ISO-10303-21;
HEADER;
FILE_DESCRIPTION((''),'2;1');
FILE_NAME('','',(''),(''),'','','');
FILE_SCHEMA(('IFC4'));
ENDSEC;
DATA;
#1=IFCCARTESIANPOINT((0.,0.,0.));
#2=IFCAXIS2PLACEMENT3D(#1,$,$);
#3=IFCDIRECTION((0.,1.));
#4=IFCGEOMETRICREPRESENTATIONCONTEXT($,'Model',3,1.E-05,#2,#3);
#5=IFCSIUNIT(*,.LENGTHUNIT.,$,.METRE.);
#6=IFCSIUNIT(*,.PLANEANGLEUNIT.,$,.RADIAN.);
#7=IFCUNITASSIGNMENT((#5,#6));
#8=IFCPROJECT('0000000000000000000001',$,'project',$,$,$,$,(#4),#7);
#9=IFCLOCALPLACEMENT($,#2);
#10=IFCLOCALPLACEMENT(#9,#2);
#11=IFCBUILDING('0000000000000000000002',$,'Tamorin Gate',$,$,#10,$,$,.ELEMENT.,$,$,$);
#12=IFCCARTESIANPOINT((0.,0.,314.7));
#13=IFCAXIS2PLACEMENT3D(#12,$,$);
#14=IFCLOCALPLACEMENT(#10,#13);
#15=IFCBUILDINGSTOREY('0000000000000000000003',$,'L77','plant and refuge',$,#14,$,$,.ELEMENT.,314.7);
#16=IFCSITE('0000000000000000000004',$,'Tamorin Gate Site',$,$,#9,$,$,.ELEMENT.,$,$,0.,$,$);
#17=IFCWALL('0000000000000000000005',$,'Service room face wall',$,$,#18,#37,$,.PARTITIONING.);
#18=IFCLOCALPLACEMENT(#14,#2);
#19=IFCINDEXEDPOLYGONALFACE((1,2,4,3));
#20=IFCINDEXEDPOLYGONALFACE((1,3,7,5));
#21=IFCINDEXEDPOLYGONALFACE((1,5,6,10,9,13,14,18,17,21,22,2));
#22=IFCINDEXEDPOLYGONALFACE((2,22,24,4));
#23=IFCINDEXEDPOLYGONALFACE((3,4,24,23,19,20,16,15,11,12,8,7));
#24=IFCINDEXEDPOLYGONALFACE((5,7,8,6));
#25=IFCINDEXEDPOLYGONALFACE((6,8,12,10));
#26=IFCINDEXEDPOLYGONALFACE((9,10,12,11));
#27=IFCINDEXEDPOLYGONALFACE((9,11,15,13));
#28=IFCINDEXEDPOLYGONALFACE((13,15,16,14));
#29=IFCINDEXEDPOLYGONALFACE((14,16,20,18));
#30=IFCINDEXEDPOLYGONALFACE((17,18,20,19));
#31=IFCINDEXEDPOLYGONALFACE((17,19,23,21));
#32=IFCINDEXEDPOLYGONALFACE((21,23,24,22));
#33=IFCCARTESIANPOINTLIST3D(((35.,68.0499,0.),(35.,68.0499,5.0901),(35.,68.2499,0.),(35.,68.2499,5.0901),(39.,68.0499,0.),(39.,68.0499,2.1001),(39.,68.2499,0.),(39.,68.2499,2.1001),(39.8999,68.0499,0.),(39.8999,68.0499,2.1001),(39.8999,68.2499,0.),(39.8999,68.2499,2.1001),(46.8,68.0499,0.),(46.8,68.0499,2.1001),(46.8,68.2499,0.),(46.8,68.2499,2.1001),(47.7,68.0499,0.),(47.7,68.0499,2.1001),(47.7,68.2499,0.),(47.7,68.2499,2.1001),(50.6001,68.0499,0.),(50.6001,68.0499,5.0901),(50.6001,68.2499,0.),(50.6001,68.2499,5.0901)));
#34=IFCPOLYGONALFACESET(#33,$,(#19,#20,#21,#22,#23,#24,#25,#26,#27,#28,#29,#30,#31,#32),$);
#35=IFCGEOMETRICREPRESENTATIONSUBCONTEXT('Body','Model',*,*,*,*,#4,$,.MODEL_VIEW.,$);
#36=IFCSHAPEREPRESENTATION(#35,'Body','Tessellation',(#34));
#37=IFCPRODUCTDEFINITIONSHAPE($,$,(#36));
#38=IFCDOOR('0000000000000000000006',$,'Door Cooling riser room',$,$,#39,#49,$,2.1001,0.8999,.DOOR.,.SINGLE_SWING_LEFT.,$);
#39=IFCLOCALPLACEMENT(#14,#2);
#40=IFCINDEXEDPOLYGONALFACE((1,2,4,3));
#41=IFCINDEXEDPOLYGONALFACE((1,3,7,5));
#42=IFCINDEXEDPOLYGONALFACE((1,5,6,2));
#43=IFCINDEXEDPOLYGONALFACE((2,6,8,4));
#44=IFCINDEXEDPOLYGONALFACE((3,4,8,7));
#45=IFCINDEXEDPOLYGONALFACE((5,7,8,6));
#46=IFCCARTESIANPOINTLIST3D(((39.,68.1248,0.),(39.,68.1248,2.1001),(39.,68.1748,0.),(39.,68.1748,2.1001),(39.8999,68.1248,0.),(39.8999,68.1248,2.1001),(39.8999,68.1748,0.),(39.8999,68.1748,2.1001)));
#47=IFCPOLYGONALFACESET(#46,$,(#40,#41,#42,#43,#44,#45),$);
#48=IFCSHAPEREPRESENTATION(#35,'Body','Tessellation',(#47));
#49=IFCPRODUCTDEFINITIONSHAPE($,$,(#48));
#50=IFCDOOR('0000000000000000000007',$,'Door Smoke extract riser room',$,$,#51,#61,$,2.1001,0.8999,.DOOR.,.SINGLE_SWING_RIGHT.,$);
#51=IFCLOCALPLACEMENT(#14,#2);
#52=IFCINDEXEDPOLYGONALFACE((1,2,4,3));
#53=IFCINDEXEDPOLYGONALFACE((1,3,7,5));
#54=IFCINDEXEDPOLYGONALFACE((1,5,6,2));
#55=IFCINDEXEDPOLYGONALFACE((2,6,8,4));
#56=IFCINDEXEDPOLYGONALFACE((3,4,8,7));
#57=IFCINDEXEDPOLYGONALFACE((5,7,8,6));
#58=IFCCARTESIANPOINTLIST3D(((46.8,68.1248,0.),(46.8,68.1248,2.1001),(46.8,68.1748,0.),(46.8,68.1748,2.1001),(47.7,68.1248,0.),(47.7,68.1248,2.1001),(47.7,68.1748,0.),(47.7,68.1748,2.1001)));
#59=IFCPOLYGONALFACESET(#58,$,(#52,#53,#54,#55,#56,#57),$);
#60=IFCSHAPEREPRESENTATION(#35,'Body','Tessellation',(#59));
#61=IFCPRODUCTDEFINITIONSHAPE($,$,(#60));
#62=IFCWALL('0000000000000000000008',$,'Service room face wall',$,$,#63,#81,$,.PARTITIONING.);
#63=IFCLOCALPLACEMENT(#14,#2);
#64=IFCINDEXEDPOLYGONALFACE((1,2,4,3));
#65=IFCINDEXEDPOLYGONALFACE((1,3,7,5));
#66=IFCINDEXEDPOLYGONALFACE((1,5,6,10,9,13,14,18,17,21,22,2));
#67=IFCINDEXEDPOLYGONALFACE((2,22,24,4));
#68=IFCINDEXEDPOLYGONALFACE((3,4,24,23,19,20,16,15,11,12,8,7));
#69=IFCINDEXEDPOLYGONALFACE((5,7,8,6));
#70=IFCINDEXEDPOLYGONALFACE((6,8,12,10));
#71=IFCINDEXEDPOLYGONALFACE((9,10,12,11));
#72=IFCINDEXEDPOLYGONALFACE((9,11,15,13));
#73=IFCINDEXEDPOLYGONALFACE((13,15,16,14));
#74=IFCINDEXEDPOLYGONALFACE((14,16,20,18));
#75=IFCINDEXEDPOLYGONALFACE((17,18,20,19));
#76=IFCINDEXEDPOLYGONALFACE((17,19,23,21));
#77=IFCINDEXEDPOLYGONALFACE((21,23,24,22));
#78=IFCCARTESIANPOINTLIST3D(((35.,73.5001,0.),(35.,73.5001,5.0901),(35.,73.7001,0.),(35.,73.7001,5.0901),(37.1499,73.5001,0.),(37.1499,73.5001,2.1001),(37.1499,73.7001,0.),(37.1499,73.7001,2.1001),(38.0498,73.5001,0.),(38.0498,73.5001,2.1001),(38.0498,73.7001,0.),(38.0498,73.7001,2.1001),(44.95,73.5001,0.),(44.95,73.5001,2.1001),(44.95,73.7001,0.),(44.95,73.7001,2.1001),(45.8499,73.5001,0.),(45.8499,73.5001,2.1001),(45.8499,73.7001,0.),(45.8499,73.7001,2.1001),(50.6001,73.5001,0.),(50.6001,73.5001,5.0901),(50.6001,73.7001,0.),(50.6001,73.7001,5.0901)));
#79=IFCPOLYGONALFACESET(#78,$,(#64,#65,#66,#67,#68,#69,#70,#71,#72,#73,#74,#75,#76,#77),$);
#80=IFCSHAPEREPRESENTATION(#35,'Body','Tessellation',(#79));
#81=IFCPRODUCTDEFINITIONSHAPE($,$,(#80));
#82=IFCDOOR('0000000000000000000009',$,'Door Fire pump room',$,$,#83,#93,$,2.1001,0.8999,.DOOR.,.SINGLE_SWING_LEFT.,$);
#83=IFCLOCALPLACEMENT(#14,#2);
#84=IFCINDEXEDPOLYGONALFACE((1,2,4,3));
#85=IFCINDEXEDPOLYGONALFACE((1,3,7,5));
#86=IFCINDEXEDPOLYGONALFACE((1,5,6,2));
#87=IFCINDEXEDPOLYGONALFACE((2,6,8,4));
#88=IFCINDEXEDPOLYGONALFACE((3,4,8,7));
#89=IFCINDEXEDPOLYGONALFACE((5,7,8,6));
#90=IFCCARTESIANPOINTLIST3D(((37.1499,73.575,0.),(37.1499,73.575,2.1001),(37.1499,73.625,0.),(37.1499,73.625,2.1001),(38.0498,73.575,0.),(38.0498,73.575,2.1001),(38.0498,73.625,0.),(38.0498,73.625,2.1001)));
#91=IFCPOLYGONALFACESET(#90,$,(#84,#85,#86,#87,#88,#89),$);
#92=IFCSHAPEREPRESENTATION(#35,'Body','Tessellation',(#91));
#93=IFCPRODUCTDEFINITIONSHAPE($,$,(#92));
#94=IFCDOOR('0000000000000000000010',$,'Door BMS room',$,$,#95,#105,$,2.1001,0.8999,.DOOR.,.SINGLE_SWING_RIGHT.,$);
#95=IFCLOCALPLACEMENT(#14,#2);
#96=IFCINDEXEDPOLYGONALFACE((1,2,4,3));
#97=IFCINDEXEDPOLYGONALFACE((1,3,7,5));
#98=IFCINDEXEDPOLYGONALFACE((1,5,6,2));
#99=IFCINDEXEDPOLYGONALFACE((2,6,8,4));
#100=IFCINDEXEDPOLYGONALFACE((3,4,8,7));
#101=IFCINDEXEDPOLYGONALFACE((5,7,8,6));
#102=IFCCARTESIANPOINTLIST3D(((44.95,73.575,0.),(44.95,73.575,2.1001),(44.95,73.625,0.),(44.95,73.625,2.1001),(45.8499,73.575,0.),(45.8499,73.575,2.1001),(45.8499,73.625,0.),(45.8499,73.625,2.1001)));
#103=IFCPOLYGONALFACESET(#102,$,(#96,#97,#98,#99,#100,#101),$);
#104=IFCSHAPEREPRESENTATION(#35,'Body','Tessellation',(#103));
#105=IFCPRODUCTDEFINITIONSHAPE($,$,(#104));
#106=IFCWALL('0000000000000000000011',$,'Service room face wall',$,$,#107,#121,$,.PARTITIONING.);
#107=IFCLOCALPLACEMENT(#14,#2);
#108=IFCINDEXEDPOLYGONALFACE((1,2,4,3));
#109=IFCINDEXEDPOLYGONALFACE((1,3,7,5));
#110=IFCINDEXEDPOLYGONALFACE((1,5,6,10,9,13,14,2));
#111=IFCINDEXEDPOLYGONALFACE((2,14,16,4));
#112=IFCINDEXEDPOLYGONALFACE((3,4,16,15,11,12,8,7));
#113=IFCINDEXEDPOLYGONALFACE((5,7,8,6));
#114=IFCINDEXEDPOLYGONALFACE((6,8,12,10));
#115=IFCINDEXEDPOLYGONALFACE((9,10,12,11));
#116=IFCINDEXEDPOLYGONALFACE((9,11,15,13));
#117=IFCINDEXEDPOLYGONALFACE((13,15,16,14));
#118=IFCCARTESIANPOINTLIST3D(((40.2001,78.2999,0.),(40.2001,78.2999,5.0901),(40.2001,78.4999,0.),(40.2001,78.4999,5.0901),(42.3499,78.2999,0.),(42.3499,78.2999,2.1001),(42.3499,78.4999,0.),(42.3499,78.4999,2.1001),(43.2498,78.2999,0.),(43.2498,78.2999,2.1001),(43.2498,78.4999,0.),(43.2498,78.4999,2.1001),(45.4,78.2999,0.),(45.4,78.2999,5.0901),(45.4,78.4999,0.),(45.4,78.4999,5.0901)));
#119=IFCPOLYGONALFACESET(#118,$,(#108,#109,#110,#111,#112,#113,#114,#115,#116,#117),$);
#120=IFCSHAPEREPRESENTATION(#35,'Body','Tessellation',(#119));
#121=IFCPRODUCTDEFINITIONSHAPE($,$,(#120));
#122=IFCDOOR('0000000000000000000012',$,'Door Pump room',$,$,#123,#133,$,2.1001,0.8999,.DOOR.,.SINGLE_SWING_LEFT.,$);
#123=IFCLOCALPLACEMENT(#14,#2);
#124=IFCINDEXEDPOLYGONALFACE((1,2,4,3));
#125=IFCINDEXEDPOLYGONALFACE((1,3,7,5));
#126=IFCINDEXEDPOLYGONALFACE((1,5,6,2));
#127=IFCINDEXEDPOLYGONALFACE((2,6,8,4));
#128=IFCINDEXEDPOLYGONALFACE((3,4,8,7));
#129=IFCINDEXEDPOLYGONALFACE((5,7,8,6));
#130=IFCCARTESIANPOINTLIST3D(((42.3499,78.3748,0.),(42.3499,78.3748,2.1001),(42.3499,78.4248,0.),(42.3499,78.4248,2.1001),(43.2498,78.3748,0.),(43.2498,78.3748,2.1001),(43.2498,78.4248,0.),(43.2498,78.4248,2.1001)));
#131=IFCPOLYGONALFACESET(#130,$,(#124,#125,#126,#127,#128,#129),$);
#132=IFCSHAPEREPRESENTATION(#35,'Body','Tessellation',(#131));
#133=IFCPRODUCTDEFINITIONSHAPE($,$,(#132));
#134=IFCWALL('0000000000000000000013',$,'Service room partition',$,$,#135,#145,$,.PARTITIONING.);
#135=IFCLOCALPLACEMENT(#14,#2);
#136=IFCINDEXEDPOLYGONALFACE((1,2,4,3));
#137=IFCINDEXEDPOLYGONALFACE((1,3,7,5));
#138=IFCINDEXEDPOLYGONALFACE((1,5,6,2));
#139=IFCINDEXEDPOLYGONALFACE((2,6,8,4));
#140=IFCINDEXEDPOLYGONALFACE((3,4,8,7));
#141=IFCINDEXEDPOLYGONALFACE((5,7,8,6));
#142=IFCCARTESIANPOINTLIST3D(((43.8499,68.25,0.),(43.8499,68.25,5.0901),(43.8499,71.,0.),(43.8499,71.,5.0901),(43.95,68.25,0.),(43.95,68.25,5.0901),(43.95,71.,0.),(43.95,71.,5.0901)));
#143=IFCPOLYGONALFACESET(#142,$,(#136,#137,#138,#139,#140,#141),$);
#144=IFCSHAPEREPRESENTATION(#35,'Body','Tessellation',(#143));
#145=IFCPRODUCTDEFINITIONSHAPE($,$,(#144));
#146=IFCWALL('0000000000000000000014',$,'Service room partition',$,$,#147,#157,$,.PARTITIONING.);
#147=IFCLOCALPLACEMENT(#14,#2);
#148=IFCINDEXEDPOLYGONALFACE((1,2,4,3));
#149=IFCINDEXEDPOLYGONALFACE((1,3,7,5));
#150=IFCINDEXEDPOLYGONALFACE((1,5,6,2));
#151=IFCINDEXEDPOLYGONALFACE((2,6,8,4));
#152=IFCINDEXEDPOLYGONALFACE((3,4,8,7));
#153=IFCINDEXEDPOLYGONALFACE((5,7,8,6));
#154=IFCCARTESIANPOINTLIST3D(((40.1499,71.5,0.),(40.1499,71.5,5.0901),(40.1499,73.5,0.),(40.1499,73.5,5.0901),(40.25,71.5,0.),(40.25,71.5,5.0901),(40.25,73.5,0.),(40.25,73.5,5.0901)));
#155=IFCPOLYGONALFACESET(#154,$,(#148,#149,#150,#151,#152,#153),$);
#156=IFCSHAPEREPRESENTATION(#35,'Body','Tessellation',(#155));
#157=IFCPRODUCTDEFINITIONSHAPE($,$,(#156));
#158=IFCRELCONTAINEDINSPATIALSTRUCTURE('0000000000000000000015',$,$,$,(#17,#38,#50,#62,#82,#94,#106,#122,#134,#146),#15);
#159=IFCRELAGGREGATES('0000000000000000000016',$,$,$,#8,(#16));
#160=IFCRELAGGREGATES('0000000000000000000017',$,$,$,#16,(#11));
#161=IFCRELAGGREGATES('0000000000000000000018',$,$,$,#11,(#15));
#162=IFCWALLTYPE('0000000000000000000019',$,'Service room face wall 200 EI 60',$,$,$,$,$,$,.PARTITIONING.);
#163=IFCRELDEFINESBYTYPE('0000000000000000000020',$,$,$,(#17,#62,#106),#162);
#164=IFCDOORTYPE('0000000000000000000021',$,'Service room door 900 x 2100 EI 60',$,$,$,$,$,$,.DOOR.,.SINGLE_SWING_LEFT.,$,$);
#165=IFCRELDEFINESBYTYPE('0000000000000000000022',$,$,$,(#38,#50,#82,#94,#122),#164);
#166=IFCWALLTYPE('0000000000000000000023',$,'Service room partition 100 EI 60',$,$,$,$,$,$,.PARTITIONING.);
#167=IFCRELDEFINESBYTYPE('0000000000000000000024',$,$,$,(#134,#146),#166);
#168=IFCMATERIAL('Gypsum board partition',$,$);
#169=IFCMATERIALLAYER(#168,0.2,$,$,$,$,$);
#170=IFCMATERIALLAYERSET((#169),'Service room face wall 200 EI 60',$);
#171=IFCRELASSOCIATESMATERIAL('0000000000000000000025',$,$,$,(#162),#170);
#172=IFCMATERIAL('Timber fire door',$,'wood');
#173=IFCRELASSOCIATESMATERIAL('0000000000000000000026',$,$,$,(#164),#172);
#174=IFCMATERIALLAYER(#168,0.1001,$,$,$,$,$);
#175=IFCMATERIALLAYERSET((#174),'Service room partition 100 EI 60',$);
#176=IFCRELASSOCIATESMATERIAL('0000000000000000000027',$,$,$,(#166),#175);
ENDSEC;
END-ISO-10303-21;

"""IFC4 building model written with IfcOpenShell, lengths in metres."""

from ifc_helpers import new_model, si_unit, direction, frame, frame_2d, origin, place, context, subcontext, project, spatial, rectangle, extrude, material, layer, layer_set, type_object, element, fill, save


model = new_model("IFC4")

# Units and contexts
model_context = context("Model", 3, precision=1e-05, world=origin(), true_north=direction((0.0, 1.0)))
body_context = subcontext(model_context, "Body", "Model", "MODEL_VIEW")
ifc_project = project(units=[si_unit("LENGTHUNIT", "METRE"), si_unit("PLANEANGLEUNIT", "RADIAN")], contexts=[model_context])

# Site, building, storey
site_placement = place(None, origin())
site = spatial("IfcSite", under=ifc_project, at=site_placement, Name="Tamorin Gate Site", CompositionType="ELEMENT", RefElevation=0.0)
building_placement = place(site_placement, origin())
building = spatial("IfcBuilding", under=site, at=building_placement, Name="Tamorin Gate", CompositionType="ELEMENT")
storey_placement = place(building_placement, frame((0.0, 0.0, 314.7)))
storey = spatial("IfcBuildingStorey", under=building, at=storey_placement, Name="L77", Description="plant and refuge", CompositionType="ELEMENT", Elevation=314.7)

# Walls, openings, doors
ifc_material_1 = material(Name="Gypsum board partition")
ifc_layer_1 = layer(ifc_material_1, 0.2)
ifc_layer_set_1 = layer_set([ifc_layer_1], Name="Service room face wall 200 EI 60")
wall_type_1 = type_object("IfcWallType", Name="Service room face wall 200 EI 60", PredefinedType="PARTITIONING", material=ifc_layer_set_1)
wall_1_placement = place(storey_placement, frame((35.0, 68.1499, 0.0), z_axis=(0.0, 0.0, 1.0), x_axis=(1.0, 0.0, 0.0)))
wall_1 = element("IfcWall", 1, at=wall_1_placement, inside=storey, type_object=wall_type_1, Name="Service room face wall", PredefinedType="PARTITIONING", context=body_context, shape_type="SweptSolid", body=[
    extrude(rectangle(XDim=15.6001, YDim=0.2, at=frame_2d((7.8, 0.0))), origin(), (0.0, 0.0, 1.0), 5.0901),
])
opening_1_placement = place(wall_1_placement, frame((4.0, 0.0, 0.0)))
opening_1 = element("IfcOpeningElement", 2, at=opening_1_placement, cuts=wall_1, PredefinedType="OPENING", context=body_context, shape_type="SweptSolid", body=[
    extrude(rectangle(XDim=0.8999, YDim=2.1001, at=frame_2d((0.45, 1.05))), frame((0.0, 0.1099, 0.0), z_axis=(0.0, -1.0, 0.0), x_axis=(1.0, 0.0, 0.0)), (0.0, 0.0, 1.0), 0.22),
])
opening_2_placement = place(wall_1_placement, frame((11.8, 0.0, 0.0)))
opening_2 = element("IfcOpeningElement", 3, at=opening_2_placement, cuts=wall_1, PredefinedType="OPENING", context=body_context, shape_type="SweptSolid", body=[
    extrude(rectangle(XDim=0.8999, YDim=2.1001, at=frame_2d((0.45, 1.05))), frame((0.0, 0.1099, 0.0), z_axis=(0.0, -1.0, 0.0), x_axis=(1.0, 0.0, 0.0)), (0.0, 0.0, 1.0), 0.22),
])
ifc_material_2 = material(Name="Timber fire door", Category="wood")
door_type_1 = type_object("IfcDoorType", Name="Service room door 900 x 2100 EI 60", OperationType="SINGLE_SWING_LEFT", PredefinedType="DOOR", material=ifc_material_2)
door_1_placement = place(opening_1_placement, origin())
door_1 = element("IfcDoor", 4, at=door_1_placement, inside=storey, type_object=door_type_1, Name="Door Cooling riser room", OperationType="SINGLE_SWING_LEFT", OverallHeight=2.1001, OverallWidth=0.8999, PredefinedType="DOOR", context=body_context, shape_type="SweptSolid", body=[
    extrude(rectangle(XDim=0.8999, YDim=2.1001, at=frame_2d((0.45, 1.05))), frame((0.0, 0.0249, 0.0), z_axis=(0.0, -1.0, 0.0), x_axis=(1.0, 0.0, 0.0)), (0.0, 0.0, 1.0), 0.05),
])
fill(opening_1, door_1)
door_2_placement = place(opening_2_placement, origin())
door_2 = element("IfcDoor", 5, at=door_2_placement, inside=storey, type_object=door_type_1, Name="Door Smoke extract riser room", OperationType="SINGLE_SWING_RIGHT", OverallHeight=2.1001, OverallWidth=0.8999, PredefinedType="DOOR", context=body_context, shape_type="SweptSolid", body=[
    extrude(rectangle(XDim=0.8999, YDim=2.1001, at=frame_2d((0.45, 1.05))), frame((0.0, 0.0249, 0.0), z_axis=(0.0, -1.0, 0.0), x_axis=(1.0, 0.0, 0.0)), (0.0, 0.0, 1.0), 0.05),
])
fill(opening_2, door_2)
wall_2_placement = place(storey_placement, frame((35.0, 73.6001, 0.0), z_axis=(0.0, 0.0, 1.0), x_axis=(1.0, 0.0, 0.0)))
wall_2 = element("IfcWall", 6, at=wall_2_placement, inside=storey, type_object=wall_type_1, Name="Service room face wall", PredefinedType="PARTITIONING", context=body_context, shape_type="SweptSolid", body=[
    extrude(rectangle(XDim=15.6001, YDim=0.2, at=frame_2d((7.8, 0.0))), origin(), (0.0, 0.0, 1.0), 5.0901),
])
opening_3_placement = place(wall_2_placement, frame((2.1499, 0.0, 0.0)))
opening_3 = element("IfcOpeningElement", 7, at=opening_3_placement, cuts=wall_2, PredefinedType="OPENING", context=body_context, shape_type="SweptSolid", body=[
    extrude(rectangle(XDim=0.8999, YDim=2.1001, at=frame_2d((0.45, 1.05))), frame((0.0, 0.1099, 0.0), z_axis=(0.0, -1.0, 0.0), x_axis=(1.0, 0.0, 0.0)), (0.0, 0.0, 1.0), 0.22),
])
opening_4_placement = place(wall_2_placement, frame((9.95, 0.0, 0.0)))
opening_4 = element("IfcOpeningElement", 8, at=opening_4_placement, cuts=wall_2, PredefinedType="OPENING", context=body_context, shape_type="SweptSolid", body=[
    extrude(rectangle(XDim=0.8999, YDim=2.1001, at=frame_2d((0.45, 1.05))), frame((0.0, 0.1099, 0.0), z_axis=(0.0, -1.0, 0.0), x_axis=(1.0, 0.0, 0.0)), (0.0, 0.0, 1.0), 0.22),
])
door_3_placement = place(opening_3_placement, origin())
door_3 = element("IfcDoor", 9, at=door_3_placement, inside=storey, type_object=door_type_1, Name="Door Fire pump room", OperationType="SINGLE_SWING_LEFT", OverallHeight=2.1001, OverallWidth=0.8999, PredefinedType="DOOR", context=body_context, shape_type="SweptSolid", body=[
    extrude(rectangle(XDim=0.8999, YDim=2.1001, at=frame_2d((0.45, 1.05))), frame((0.0, 0.0249, 0.0), z_axis=(0.0, -1.0, 0.0), x_axis=(1.0, 0.0, 0.0)), (0.0, 0.0, 1.0), 0.05),
])
fill(opening_3, door_3)
door_4_placement = place(opening_4_placement, origin())
door_4 = element("IfcDoor", 10, at=door_4_placement, inside=storey, type_object=door_type_1, Name="Door BMS room", OperationType="SINGLE_SWING_RIGHT", OverallHeight=2.1001, OverallWidth=0.8999, PredefinedType="DOOR", context=body_context, shape_type="SweptSolid", body=[
    extrude(rectangle(XDim=0.8999, YDim=2.1001, at=frame_2d((0.45, 1.05))), frame((0.0, 0.0249, 0.0), z_axis=(0.0, -1.0, 0.0), x_axis=(1.0, 0.0, 0.0)), (0.0, 0.0, 1.0), 0.05),
])
fill(opening_4, door_4)

# Wall, opening, door
wall_3_placement = place(storey_placement, frame((40.2, 78.3999, 0.0), z_axis=(0.0, 0.0, 1.0), x_axis=(1.0, 0.0, 0.0)))
wall_3 = element("IfcWall", 11, at=wall_3_placement, inside=storey, type_object=wall_type_1, Name="Service room face wall", PredefinedType="PARTITIONING", context=body_context, shape_type="SweptSolid", body=[
    extrude(rectangle(XDim=5.2, YDim=0.2, at=frame_2d((2.6001, 0.0))), origin(), (0.0, 0.0, 1.0), 5.0901),
])
opening_5_placement = place(wall_3_placement, frame((2.1499, 0.0, 0.0)))
opening_5 = element("IfcOpeningElement", 12, at=opening_5_placement, cuts=wall_3, PredefinedType="OPENING", context=body_context, shape_type="SweptSolid", body=[
    extrude(rectangle(XDim=0.8999, YDim=2.1001, at=frame_2d((0.45, 1.05))), frame((0.0, 0.1099, 0.0), z_axis=(0.0, -1.0, 0.0), x_axis=(1.0, 0.0, 0.0)), (0.0, 0.0, 1.0), 0.22),
])
door_5_placement = place(opening_5_placement, origin())
door_5 = element("IfcDoor", 13, at=door_5_placement, inside=storey, type_object=door_type_1, Name="Door Pump room", OperationType="SINGLE_SWING_LEFT", OverallHeight=2.1001, OverallWidth=0.8999, PredefinedType="DOOR", context=body_context, shape_type="SweptSolid", body=[
    extrude(rectangle(XDim=0.8999, YDim=2.1001, at=frame_2d((0.45, 1.05))), frame((0.0, 0.0249, 0.0), z_axis=(0.0, -1.0, 0.0), x_axis=(1.0, 0.0, 0.0)), (0.0, 0.0, 1.0), 0.05),
])
fill(opening_5, door_5)

# Walls
ifc_layer_2 = layer(ifc_material_1, 0.1001)
ifc_layer_set_2 = layer_set([ifc_layer_2], Name="Service room partition 100 EI 60")
wall_type_2 = type_object("IfcWallType", Name="Service room partition 100 EI 60", PredefinedType="PARTITIONING", material=ifc_layer_set_2)
wall_4_placement = place(storey_placement, frame((43.8999, 68.25, 0.0), z_axis=(0.0, 0.0, 1.0), x_axis=(0.0, 1.0, 0.0)))
element("IfcWall", 14, at=wall_4_placement, inside=storey, type_object=wall_type_2, Name="Service room partition", PredefinedType="PARTITIONING", context=body_context, shape_type="SweptSolid", body=[
    extrude(rectangle(XDim=2.75, YDim=0.1001, at=frame_2d((1.375, 0.0))), origin(), (0.0, 0.0, 1.0), 5.0901),
])
wall_5_placement = place(storey_placement, frame((40.2, 71.5, 0.0), z_axis=(0.0, 0.0, 1.0), x_axis=(0.0, 1.0, 0.0)))
element("IfcWall", 15, at=wall_5_placement, inside=storey, type_object=wall_type_2, Name="Service room partition", PredefinedType="PARTITIONING", context=body_context, shape_type="SweptSolid", body=[
    extrude(rectangle(XDim=2.0, YDim=0.1001, at=frame_2d((1.0, 0.0))), origin(), (0.0, 0.0, 1.0), 5.0901),
])

save(model, "model.ifc")
